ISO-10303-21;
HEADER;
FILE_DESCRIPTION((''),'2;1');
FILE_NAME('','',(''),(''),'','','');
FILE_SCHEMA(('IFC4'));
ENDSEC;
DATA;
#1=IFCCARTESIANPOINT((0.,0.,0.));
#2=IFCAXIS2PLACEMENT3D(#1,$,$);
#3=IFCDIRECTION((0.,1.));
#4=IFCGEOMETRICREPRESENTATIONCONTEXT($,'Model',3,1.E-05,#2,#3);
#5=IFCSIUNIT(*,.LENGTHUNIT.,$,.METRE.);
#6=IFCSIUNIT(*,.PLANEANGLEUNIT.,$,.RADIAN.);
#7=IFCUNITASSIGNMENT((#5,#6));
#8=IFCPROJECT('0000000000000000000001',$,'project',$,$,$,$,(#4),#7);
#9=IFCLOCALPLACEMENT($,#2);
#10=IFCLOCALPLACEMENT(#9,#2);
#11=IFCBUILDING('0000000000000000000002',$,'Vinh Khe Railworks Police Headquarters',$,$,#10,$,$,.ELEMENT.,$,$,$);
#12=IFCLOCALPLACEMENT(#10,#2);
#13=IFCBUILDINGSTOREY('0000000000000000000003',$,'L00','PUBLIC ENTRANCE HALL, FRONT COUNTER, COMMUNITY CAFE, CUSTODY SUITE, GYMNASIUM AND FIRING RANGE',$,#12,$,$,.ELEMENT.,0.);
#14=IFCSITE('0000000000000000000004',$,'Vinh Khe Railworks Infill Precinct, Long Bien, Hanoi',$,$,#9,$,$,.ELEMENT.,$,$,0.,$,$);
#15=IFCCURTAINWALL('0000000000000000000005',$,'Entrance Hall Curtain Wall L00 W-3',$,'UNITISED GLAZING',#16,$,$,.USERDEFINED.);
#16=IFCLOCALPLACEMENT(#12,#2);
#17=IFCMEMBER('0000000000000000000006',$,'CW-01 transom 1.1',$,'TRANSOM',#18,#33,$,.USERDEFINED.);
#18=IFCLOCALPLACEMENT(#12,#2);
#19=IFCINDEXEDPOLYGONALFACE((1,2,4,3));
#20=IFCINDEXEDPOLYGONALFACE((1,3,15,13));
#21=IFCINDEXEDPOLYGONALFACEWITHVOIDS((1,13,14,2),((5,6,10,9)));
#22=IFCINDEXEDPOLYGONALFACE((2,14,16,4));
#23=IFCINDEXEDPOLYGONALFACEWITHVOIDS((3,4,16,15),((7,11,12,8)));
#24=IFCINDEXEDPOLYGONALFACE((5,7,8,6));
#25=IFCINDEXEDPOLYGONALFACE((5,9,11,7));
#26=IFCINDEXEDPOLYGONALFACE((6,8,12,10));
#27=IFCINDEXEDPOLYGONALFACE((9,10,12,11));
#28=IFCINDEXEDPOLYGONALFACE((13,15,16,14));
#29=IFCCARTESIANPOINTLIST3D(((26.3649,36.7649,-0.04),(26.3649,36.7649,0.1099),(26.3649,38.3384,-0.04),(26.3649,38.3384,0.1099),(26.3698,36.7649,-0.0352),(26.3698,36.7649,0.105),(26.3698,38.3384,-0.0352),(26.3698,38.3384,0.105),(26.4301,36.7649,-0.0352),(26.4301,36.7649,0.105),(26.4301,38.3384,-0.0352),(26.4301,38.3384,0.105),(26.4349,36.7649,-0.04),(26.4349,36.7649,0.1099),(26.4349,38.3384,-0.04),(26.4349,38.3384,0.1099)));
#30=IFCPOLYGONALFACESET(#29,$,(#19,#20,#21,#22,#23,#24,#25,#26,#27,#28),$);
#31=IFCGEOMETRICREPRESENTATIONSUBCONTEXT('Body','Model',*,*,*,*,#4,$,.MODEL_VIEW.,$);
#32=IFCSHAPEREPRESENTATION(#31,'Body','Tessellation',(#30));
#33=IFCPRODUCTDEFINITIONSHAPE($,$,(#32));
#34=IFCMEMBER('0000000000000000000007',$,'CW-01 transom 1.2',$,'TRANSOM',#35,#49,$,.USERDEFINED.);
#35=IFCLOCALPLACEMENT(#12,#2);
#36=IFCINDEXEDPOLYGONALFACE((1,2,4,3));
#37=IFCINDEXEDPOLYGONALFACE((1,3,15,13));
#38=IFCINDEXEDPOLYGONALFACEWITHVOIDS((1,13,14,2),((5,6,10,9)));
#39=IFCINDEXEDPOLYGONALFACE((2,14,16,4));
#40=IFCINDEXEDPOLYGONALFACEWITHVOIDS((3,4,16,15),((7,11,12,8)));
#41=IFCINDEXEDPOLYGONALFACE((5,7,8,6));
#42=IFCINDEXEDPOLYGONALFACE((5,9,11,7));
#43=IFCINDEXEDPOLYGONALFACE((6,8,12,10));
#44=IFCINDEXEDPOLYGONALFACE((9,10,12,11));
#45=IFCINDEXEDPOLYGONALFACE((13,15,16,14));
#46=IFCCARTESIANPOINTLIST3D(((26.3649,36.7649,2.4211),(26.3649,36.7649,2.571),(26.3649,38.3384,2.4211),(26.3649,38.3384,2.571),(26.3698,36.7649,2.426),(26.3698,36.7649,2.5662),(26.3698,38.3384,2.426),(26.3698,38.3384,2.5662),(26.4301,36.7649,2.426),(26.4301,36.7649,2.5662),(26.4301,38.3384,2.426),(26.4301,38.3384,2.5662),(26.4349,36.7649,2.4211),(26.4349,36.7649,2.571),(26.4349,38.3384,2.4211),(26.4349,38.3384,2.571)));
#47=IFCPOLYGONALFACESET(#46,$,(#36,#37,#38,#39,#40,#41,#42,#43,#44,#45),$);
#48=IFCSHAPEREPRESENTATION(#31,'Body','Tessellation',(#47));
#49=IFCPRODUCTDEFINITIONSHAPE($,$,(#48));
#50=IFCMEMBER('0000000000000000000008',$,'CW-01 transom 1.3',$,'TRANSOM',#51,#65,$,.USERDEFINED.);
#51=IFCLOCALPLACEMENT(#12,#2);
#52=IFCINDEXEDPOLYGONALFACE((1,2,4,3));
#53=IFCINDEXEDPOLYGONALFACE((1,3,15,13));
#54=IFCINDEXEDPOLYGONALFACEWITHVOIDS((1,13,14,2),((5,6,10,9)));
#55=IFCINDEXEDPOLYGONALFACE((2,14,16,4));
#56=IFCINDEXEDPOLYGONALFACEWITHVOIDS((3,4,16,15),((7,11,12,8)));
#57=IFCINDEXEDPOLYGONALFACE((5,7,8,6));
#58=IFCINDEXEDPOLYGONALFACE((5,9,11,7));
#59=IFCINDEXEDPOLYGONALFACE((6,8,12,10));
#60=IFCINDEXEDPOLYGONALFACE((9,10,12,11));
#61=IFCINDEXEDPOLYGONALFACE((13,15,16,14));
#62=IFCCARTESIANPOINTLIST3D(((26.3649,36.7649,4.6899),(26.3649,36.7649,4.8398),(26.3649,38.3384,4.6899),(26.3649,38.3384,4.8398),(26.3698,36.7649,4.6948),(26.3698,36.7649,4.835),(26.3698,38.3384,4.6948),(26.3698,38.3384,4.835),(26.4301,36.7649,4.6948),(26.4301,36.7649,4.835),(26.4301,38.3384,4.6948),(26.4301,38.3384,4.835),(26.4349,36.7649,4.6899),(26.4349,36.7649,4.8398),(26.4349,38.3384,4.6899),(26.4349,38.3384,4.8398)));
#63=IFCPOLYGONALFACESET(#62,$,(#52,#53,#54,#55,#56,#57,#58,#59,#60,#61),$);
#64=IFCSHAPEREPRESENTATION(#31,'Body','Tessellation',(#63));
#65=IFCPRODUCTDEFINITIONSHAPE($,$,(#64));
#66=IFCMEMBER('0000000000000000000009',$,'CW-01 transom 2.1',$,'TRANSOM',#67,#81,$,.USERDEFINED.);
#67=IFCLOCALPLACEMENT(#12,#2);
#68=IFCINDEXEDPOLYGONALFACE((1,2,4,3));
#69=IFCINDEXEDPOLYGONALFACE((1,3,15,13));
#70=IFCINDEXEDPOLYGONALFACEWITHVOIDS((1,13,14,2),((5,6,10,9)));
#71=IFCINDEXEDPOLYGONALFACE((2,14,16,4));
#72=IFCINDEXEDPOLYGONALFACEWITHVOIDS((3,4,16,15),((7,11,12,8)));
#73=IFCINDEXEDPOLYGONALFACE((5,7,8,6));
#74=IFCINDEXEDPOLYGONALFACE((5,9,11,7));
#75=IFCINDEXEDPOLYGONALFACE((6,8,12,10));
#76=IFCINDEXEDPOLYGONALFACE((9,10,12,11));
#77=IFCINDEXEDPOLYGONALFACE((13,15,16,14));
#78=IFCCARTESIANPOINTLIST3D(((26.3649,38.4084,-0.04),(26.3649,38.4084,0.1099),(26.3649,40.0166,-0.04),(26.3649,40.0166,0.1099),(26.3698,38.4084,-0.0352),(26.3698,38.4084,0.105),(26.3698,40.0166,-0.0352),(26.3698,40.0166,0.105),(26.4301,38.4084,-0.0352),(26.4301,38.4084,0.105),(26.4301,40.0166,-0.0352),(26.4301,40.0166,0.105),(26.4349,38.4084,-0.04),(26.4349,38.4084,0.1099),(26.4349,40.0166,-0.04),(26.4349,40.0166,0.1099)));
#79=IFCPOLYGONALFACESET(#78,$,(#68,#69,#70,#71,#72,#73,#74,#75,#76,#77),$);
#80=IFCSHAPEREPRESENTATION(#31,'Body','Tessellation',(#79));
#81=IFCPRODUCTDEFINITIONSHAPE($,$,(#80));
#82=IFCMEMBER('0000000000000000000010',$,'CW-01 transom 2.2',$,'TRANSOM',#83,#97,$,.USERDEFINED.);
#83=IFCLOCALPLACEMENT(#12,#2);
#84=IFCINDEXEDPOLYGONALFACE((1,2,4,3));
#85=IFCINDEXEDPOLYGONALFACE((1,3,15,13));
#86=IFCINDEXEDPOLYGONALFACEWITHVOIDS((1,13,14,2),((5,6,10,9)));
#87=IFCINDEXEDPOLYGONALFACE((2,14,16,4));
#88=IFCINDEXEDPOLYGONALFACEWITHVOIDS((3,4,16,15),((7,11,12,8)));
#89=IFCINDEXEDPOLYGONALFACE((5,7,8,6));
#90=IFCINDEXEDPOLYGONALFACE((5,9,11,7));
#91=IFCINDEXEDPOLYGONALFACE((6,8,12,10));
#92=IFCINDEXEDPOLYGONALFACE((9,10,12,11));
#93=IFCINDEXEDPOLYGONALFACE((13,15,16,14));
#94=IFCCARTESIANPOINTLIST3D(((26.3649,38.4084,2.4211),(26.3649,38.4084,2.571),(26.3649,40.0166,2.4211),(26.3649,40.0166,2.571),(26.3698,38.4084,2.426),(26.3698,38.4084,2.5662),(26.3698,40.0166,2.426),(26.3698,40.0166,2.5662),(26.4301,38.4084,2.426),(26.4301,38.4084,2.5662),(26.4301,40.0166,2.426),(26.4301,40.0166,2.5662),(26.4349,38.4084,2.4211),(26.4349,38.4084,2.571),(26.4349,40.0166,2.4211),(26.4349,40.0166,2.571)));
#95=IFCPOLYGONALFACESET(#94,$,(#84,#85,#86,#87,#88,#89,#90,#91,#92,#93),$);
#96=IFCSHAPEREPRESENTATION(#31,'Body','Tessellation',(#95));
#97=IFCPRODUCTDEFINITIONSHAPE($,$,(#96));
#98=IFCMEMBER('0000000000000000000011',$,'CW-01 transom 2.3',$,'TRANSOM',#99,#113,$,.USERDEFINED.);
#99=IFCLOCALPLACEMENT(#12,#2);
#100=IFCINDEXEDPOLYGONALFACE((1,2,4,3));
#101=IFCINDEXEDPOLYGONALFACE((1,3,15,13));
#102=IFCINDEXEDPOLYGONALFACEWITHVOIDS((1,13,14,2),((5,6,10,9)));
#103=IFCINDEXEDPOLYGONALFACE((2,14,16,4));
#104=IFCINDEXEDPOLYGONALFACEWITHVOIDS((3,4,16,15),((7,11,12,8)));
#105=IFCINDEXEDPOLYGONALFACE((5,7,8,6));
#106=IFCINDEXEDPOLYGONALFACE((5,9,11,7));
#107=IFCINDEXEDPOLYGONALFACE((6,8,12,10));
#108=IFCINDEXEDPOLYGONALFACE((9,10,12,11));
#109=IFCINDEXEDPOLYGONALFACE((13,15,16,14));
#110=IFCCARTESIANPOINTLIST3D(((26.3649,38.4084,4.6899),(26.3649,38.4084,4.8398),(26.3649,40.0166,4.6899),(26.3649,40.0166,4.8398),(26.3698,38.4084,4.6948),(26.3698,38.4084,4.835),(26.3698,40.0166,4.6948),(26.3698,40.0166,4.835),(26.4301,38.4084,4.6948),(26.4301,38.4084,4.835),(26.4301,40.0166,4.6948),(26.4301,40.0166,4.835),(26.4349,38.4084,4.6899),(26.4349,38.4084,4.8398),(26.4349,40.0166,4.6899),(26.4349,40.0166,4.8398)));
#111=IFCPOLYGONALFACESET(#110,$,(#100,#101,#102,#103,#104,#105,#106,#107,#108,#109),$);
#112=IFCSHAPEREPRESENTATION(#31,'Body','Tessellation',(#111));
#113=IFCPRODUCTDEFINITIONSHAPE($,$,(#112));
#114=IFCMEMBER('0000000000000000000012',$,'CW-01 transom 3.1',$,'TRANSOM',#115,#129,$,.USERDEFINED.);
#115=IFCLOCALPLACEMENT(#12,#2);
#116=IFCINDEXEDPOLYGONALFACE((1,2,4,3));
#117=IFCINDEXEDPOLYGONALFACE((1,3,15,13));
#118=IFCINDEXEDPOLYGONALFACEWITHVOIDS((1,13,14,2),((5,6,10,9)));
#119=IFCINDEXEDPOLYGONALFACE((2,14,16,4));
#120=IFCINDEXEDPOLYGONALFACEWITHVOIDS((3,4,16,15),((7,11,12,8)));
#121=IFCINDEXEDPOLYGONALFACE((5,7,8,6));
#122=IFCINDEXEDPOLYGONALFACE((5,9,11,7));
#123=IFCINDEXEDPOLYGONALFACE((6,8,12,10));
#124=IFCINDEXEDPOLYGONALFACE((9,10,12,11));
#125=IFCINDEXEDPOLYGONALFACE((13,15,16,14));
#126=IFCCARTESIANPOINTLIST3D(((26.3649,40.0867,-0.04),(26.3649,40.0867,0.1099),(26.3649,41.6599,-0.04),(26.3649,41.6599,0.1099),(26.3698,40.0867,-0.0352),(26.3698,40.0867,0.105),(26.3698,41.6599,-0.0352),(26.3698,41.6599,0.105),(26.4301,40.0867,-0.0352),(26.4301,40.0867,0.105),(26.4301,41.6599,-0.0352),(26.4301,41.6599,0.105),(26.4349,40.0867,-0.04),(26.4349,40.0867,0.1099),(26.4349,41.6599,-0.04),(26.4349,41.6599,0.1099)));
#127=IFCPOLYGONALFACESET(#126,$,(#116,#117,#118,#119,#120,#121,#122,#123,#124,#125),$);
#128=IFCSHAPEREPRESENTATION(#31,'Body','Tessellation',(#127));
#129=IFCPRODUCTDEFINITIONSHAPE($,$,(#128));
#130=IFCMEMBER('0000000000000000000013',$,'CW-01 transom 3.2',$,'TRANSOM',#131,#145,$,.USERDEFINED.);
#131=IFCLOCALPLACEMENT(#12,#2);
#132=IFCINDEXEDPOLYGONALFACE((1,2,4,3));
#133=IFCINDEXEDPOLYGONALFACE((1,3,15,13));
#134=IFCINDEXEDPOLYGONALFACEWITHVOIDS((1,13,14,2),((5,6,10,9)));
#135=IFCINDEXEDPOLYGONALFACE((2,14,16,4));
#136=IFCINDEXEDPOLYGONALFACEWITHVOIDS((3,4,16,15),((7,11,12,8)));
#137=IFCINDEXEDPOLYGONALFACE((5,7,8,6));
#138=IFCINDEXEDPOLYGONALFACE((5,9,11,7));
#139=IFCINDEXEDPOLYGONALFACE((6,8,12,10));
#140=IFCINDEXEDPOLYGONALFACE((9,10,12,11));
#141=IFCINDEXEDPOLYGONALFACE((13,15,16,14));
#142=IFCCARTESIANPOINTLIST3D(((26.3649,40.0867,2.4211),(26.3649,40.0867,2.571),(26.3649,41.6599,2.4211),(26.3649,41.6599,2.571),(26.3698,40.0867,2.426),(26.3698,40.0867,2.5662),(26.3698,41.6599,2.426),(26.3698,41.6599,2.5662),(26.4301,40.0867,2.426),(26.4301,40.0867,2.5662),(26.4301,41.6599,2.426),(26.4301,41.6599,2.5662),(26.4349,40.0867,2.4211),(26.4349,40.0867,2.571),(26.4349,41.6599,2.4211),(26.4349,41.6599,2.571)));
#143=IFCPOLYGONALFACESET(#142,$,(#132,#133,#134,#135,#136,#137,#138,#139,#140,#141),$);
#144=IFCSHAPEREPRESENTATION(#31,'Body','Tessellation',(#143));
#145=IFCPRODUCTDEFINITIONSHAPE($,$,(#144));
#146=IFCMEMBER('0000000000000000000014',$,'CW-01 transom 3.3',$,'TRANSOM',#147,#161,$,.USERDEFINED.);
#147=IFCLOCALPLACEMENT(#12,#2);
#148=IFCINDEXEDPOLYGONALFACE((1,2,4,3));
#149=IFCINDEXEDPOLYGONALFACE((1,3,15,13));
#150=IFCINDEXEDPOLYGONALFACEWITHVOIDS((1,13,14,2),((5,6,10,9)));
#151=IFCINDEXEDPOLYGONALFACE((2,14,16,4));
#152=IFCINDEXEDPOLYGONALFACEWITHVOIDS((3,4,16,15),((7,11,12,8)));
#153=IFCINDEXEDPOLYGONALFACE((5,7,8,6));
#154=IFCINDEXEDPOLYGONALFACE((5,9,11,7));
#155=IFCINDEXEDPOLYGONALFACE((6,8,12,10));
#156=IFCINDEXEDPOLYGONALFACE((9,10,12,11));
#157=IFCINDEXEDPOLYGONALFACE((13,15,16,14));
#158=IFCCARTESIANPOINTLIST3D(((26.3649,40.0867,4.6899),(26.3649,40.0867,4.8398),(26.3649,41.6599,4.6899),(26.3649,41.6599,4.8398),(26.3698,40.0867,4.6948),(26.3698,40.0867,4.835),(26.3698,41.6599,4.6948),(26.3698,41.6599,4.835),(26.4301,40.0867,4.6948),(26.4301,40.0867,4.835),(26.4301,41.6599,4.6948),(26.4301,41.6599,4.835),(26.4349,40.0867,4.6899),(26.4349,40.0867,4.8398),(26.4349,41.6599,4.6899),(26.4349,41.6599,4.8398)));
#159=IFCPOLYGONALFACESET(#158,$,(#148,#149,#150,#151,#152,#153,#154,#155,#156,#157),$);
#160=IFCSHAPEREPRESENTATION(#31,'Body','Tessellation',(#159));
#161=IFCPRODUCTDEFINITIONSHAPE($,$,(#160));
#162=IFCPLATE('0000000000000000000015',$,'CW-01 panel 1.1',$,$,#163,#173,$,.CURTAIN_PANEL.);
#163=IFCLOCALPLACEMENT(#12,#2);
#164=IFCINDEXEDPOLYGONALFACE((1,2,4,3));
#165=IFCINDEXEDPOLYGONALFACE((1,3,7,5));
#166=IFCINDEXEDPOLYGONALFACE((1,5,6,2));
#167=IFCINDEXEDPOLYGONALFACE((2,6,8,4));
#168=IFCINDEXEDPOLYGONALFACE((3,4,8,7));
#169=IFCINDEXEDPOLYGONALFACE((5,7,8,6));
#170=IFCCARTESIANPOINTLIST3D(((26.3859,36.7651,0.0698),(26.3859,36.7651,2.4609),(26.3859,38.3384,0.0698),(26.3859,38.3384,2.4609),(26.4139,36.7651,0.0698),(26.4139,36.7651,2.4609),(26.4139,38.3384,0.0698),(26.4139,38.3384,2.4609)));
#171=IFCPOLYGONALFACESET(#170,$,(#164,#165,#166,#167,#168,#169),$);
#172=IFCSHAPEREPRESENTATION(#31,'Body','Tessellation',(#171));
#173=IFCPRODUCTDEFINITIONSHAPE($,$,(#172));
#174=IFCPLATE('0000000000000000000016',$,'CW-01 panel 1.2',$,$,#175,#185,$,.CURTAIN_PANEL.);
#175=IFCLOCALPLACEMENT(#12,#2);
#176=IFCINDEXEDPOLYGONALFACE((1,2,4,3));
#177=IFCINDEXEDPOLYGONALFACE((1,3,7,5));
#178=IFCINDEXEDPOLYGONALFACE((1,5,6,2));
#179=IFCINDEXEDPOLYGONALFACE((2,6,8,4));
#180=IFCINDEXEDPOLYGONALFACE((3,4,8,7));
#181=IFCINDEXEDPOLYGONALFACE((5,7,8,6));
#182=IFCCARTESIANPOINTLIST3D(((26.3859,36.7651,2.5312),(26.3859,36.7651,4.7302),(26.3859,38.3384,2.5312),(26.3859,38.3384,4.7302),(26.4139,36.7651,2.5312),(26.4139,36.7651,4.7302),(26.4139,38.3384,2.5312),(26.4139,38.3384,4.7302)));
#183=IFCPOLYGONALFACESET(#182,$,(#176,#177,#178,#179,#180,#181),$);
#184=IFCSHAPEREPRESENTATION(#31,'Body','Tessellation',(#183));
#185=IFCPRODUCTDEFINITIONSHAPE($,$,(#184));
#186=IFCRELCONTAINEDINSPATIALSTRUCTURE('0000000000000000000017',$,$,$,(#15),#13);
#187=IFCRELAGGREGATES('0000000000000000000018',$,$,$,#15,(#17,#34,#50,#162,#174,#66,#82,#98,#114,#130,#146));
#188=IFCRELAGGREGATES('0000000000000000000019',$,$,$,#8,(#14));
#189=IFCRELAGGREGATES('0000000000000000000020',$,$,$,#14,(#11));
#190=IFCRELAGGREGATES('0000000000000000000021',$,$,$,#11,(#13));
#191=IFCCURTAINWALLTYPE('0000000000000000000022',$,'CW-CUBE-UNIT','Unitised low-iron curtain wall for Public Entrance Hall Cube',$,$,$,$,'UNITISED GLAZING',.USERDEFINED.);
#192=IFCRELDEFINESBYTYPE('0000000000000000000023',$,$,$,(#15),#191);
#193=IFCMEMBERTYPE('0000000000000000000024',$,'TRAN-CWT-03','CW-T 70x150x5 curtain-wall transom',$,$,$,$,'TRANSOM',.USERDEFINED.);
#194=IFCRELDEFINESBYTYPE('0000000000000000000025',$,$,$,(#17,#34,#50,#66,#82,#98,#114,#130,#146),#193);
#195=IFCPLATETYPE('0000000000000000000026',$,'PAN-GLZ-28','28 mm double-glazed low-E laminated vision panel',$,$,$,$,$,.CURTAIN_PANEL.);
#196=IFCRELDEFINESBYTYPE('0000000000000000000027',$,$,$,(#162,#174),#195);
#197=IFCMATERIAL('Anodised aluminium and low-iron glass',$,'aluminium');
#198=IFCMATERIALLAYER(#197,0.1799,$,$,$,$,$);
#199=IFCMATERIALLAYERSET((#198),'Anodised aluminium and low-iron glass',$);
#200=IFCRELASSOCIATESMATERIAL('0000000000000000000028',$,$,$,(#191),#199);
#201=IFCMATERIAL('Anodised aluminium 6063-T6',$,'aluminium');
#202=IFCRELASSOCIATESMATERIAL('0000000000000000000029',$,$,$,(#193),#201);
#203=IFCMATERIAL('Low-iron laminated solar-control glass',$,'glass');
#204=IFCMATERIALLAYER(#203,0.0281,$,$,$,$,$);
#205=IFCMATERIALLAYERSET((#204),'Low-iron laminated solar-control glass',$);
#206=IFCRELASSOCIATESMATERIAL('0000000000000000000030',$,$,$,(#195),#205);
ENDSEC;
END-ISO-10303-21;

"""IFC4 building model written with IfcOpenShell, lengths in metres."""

from ifc_helpers import new_model, si_unit, direction, frame, origin, origin_2d, place, context, subcontext, project, spatial, rectangle, hollow_rectangle, extrude, material, layer, layer_set, material_profile, profile_set, type_object, element, aggregate, save


model = new_model("IFC4")

# Units and contexts
model_context = context("Model", 3, precision=1e-05, world=origin(), true_north=direction((0.0, 1.0)))
body_context = subcontext(model_context, "Body", "Model", "MODEL_VIEW")
ifc_project = project(units=[si_unit("LENGTHUNIT", "METRE"), si_unit("PLANEANGLEUNIT", "RADIAN")], contexts=[model_context])

# Site, building, storey
site_placement = place(None, origin())
site = spatial("IfcSite", under=ifc_project, at=site_placement, Name="Vinh Khe Railworks Infill Precinct, Long Bien, Hanoi", CompositionType="ELEMENT", RefElevation=0.0)
building_placement = place(site_placement, origin())
building = spatial("IfcBuilding", under=site, at=building_placement, Name="Vinh Khe Railworks Police Headquarters", CompositionType="ELEMENT")
storey_placement = place(building_placement, origin())
storey = spatial("IfcBuildingStorey", under=building, at=storey_placement, Name="L00", Description="PUBLIC ENTRANCE HALL, FRONT COUNTER, COMMUNITY CAFE, CUSTODY SUITE, GYMNASIUM AND FIRING RANGE", CompositionType="ELEMENT", Elevation=0.0)

# Shared definitions
ifc_material_1 = material(Name="Anodised aluminium and low-iron glass", Category="aluminium")
ifc_layer_1 = layer(ifc_material_1, 0.1799)
ifc_layer_set_1 = layer_set([ifc_layer_1], Name="Anodised aluminium and low-iron glass")
curtain_wall_type = type_object("IfcCurtainWallType", Name="CW-CUBE-UNIT", Description="Unitised low-iron curtain wall for Public Entrance Hall Cube", ElementType="UNITISED GLAZING", PredefinedType="USERDEFINED", material=ifc_layer_set_1)
ifc_material_2 = material(Name="Anodised aluminium 6063-T6", Category="aluminium")

# Curtain wall
curtain_wall_1_placement = place(storey_placement, origin())
curtain_wall_1 = element("IfcCurtainWall", 1, at=curtain_wall_1_placement, inside=storey, type_object=curtain_wall_type, Name="Entrance Hall Curtain Wall L00 W-3", ObjectType="UNITISED GLAZING", PredefinedType="USERDEFINED")

# Members
ifc_material_profile_1 = material_profile(ifc_material_2, hollow_rectangle(XDim=0.0701, YDim=0.1499, WallThickness=0.0049, at=origin_2d()), Name="CW-T 70x150x5")
ifc_profile_set_1 = profile_set([ifc_material_profile_1], Name="Anodised aluminium 6063-T6")
member_type_1 = type_object("IfcMemberType", Name="TRAN-CWT-03", Description="CW-T 70x150x5 curtain-wall transom", ElementType="TRANSOM", PredefinedType="USERDEFINED", material=ifc_profile_set_1)
member_1_placement = place(storey_placement, frame((26.3999, 36.7649, 0.0349), z_axis=(0.0, 1.0, 0.0), x_axis=(-1.0, 0.0, 0.0)))
member_1 = element("IfcMember", 2, at=member_1_placement, type_object=member_type_1, Name="CW-01 transom 1.1", ObjectType="TRANSOM", PredefinedType="USERDEFINED", context=body_context, shape_type="SweptSolid", body=[
    extrude(hollow_rectangle(XDim=0.0701, YDim=0.1499, WallThickness=0.0049, at=origin_2d()), origin(), (0.0, 0.0, 1.0), 1.5735),
])
member_2_placement = place(storey_placement, frame((26.3999, 36.7649, 2.4961), z_axis=(0.0, 1.0, 0.0), x_axis=(-1.0, 0.0, 0.0)))
member_2 = element("IfcMember", 3, at=member_2_placement, type_object=member_type_1, Name="CW-01 transom 1.2", ObjectType="TRANSOM", PredefinedType="USERDEFINED", context=body_context, shape_type="SweptSolid", body=[
    extrude(hollow_rectangle(XDim=0.0701, YDim=0.1499, WallThickness=0.0049, at=origin_2d()), origin(), (0.0, 0.0, 1.0), 1.5735),
])
member_3_placement = place(storey_placement, frame((26.3999, 36.7649, 4.7649), z_axis=(0.0, 1.0, 0.0), x_axis=(-1.0, 0.0, 0.0)))
member_3 = element("IfcMember", 4, at=member_3_placement, type_object=member_type_1, Name="CW-01 transom 1.3", ObjectType="TRANSOM", PredefinedType="USERDEFINED", context=body_context, shape_type="SweptSolid", body=[
    extrude(hollow_rectangle(XDim=0.0701, YDim=0.1499, WallThickness=0.0049, at=origin_2d()), origin(), (0.0, 0.0, 1.0), 1.5735),
])
member_4_placement = place(storey_placement, frame((26.3999, 38.4084, 0.0349), z_axis=(0.0, 1.0, 0.0), x_axis=(-1.0, 0.0, 0.0)))
member_4 = element("IfcMember", 5, at=member_4_placement, type_object=member_type_1, Name="CW-01 transom 2.1", ObjectType="TRANSOM", PredefinedType="USERDEFINED", context=body_context, shape_type="SweptSolid", body=[
    extrude(hollow_rectangle(XDim=0.0701, YDim=0.1499, WallThickness=0.0049, at=origin_2d()), origin(), (0.0, 0.0, 1.0), 1.6082),
])
member_5_placement = place(storey_placement, frame((26.3999, 38.4084, 2.4961), z_axis=(0.0, 1.0, 0.0), x_axis=(-1.0, 0.0, 0.0)))
member_5 = element("IfcMember", 6, at=member_5_placement, type_object=member_type_1, Name="CW-01 transom 2.2", ObjectType="TRANSOM", PredefinedType="USERDEFINED", context=body_context, shape_type="SweptSolid", body=[
    extrude(hollow_rectangle(XDim=0.0701, YDim=0.1499, WallThickness=0.0049, at=origin_2d()), origin(), (0.0, 0.0, 1.0), 1.6082),
])
member_6_placement = place(storey_placement, frame((26.3999, 38.4084, 4.7649), z_axis=(0.0, 1.0, 0.0), x_axis=(-1.0, 0.0, 0.0)))
member_6 = element("IfcMember", 7, at=member_6_placement, type_object=member_type_1, Name="CW-01 transom 2.3", ObjectType="TRANSOM", PredefinedType="USERDEFINED", context=body_context, shape_type="SweptSolid", body=[
    extrude(hollow_rectangle(XDim=0.0701, YDim=0.1499, WallThickness=0.0049, at=origin_2d()), origin(), (0.0, 0.0, 1.0), 1.6082),
])
member_7_placement = place(storey_placement, frame((26.3999, 40.0867, 0.0349), z_axis=(0.0, 1.0, 0.0), x_axis=(-1.0, 0.0, 0.0)))
member_7 = element("IfcMember", 8, at=member_7_placement, type_object=member_type_1, Name="CW-01 transom 3.1", ObjectType="TRANSOM", PredefinedType="USERDEFINED", context=body_context, shape_type="SweptSolid", body=[
    extrude(hollow_rectangle(XDim=0.0701, YDim=0.1499, WallThickness=0.0049, at=origin_2d()), origin(), (0.0, 0.0, 1.0), 1.5732),
])
member_8_placement = place(storey_placement, frame((26.3999, 40.0867, 2.4961), z_axis=(0.0, 1.0, 0.0), x_axis=(-1.0, 0.0, 0.0)))
member_8 = element("IfcMember", 9, at=member_8_placement, type_object=member_type_1, Name="CW-01 transom 3.2", ObjectType="TRANSOM", PredefinedType="USERDEFINED", context=body_context, shape_type="SweptSolid", body=[
    extrude(hollow_rectangle(XDim=0.0701, YDim=0.1499, WallThickness=0.0049, at=origin_2d()), origin(), (0.0, 0.0, 1.0), 1.5732),
])
member_9_placement = place(storey_placement, frame((26.3999, 40.0867, 4.7649), z_axis=(0.0, 1.0, 0.0), x_axis=(-1.0, 0.0, 0.0)))
member_9 = element("IfcMember", 10, at=member_9_placement, type_object=member_type_1, Name="CW-01 transom 3.3", ObjectType="TRANSOM", PredefinedType="USERDEFINED", context=body_context, shape_type="SweptSolid", body=[
    extrude(hollow_rectangle(XDim=0.0701, YDim=0.1499, WallThickness=0.0049, at=origin_2d()), origin(), (0.0, 0.0, 1.0), 1.5732),
])

# Plates
ifc_material_3 = material(Name="Low-iron laminated solar-control glass", Category="glass")
ifc_layer_2 = layer(ifc_material_3, 0.0281)
ifc_layer_set_2 = layer_set([ifc_layer_2], Name="Low-iron laminated solar-control glass")
plate_type_1 = type_object("IfcPlateType", Name="PAN-GLZ-28", Description="28 mm double-glazed low-E laminated vision panel", PredefinedType="CURTAIN_PANEL", material=ifc_layer_set_2)
plate_1_placement = place(storey_placement, frame((26.3999, 37.5518, 0.0698), z_axis=(0.0, 0.0, 1.0), x_axis=(0.0, 1.0, 0.0)))
plate_1 = element("IfcPlate", 11, at=plate_1_placement, type_object=plate_type_1, Name="CW-01 panel 1.1", PredefinedType="CURTAIN_PANEL", context=body_context, shape_type="SweptSolid", body=[
    extrude(rectangle(XDim=1.5732, YDim=0.0281, at=origin_2d()), origin(), (0.0, 0.0, 1.0), 2.3911),
])
plate_2_placement = place(storey_placement, frame((26.3999, 37.5518, 2.5312), z_axis=(0.0, 0.0, 1.0), x_axis=(0.0, 1.0, 0.0)))
plate_2 = element("IfcPlate", 12, at=plate_2_placement, type_object=plate_type_1, Name="CW-01 panel 1.2", PredefinedType="CURTAIN_PANEL", context=body_context, shape_type="SweptSolid", body=[
    extrude(rectangle(XDim=1.5732, YDim=0.0281, at=origin_2d()), origin(), (0.0, 0.0, 1.0), 2.199),
])
aggregate(curtain_wall_1, [member_1, member_2, member_3, plate_1, plate_2, member_4, member_5, member_6, member_7, member_8, member_9])

save(model, "model.ifc")
